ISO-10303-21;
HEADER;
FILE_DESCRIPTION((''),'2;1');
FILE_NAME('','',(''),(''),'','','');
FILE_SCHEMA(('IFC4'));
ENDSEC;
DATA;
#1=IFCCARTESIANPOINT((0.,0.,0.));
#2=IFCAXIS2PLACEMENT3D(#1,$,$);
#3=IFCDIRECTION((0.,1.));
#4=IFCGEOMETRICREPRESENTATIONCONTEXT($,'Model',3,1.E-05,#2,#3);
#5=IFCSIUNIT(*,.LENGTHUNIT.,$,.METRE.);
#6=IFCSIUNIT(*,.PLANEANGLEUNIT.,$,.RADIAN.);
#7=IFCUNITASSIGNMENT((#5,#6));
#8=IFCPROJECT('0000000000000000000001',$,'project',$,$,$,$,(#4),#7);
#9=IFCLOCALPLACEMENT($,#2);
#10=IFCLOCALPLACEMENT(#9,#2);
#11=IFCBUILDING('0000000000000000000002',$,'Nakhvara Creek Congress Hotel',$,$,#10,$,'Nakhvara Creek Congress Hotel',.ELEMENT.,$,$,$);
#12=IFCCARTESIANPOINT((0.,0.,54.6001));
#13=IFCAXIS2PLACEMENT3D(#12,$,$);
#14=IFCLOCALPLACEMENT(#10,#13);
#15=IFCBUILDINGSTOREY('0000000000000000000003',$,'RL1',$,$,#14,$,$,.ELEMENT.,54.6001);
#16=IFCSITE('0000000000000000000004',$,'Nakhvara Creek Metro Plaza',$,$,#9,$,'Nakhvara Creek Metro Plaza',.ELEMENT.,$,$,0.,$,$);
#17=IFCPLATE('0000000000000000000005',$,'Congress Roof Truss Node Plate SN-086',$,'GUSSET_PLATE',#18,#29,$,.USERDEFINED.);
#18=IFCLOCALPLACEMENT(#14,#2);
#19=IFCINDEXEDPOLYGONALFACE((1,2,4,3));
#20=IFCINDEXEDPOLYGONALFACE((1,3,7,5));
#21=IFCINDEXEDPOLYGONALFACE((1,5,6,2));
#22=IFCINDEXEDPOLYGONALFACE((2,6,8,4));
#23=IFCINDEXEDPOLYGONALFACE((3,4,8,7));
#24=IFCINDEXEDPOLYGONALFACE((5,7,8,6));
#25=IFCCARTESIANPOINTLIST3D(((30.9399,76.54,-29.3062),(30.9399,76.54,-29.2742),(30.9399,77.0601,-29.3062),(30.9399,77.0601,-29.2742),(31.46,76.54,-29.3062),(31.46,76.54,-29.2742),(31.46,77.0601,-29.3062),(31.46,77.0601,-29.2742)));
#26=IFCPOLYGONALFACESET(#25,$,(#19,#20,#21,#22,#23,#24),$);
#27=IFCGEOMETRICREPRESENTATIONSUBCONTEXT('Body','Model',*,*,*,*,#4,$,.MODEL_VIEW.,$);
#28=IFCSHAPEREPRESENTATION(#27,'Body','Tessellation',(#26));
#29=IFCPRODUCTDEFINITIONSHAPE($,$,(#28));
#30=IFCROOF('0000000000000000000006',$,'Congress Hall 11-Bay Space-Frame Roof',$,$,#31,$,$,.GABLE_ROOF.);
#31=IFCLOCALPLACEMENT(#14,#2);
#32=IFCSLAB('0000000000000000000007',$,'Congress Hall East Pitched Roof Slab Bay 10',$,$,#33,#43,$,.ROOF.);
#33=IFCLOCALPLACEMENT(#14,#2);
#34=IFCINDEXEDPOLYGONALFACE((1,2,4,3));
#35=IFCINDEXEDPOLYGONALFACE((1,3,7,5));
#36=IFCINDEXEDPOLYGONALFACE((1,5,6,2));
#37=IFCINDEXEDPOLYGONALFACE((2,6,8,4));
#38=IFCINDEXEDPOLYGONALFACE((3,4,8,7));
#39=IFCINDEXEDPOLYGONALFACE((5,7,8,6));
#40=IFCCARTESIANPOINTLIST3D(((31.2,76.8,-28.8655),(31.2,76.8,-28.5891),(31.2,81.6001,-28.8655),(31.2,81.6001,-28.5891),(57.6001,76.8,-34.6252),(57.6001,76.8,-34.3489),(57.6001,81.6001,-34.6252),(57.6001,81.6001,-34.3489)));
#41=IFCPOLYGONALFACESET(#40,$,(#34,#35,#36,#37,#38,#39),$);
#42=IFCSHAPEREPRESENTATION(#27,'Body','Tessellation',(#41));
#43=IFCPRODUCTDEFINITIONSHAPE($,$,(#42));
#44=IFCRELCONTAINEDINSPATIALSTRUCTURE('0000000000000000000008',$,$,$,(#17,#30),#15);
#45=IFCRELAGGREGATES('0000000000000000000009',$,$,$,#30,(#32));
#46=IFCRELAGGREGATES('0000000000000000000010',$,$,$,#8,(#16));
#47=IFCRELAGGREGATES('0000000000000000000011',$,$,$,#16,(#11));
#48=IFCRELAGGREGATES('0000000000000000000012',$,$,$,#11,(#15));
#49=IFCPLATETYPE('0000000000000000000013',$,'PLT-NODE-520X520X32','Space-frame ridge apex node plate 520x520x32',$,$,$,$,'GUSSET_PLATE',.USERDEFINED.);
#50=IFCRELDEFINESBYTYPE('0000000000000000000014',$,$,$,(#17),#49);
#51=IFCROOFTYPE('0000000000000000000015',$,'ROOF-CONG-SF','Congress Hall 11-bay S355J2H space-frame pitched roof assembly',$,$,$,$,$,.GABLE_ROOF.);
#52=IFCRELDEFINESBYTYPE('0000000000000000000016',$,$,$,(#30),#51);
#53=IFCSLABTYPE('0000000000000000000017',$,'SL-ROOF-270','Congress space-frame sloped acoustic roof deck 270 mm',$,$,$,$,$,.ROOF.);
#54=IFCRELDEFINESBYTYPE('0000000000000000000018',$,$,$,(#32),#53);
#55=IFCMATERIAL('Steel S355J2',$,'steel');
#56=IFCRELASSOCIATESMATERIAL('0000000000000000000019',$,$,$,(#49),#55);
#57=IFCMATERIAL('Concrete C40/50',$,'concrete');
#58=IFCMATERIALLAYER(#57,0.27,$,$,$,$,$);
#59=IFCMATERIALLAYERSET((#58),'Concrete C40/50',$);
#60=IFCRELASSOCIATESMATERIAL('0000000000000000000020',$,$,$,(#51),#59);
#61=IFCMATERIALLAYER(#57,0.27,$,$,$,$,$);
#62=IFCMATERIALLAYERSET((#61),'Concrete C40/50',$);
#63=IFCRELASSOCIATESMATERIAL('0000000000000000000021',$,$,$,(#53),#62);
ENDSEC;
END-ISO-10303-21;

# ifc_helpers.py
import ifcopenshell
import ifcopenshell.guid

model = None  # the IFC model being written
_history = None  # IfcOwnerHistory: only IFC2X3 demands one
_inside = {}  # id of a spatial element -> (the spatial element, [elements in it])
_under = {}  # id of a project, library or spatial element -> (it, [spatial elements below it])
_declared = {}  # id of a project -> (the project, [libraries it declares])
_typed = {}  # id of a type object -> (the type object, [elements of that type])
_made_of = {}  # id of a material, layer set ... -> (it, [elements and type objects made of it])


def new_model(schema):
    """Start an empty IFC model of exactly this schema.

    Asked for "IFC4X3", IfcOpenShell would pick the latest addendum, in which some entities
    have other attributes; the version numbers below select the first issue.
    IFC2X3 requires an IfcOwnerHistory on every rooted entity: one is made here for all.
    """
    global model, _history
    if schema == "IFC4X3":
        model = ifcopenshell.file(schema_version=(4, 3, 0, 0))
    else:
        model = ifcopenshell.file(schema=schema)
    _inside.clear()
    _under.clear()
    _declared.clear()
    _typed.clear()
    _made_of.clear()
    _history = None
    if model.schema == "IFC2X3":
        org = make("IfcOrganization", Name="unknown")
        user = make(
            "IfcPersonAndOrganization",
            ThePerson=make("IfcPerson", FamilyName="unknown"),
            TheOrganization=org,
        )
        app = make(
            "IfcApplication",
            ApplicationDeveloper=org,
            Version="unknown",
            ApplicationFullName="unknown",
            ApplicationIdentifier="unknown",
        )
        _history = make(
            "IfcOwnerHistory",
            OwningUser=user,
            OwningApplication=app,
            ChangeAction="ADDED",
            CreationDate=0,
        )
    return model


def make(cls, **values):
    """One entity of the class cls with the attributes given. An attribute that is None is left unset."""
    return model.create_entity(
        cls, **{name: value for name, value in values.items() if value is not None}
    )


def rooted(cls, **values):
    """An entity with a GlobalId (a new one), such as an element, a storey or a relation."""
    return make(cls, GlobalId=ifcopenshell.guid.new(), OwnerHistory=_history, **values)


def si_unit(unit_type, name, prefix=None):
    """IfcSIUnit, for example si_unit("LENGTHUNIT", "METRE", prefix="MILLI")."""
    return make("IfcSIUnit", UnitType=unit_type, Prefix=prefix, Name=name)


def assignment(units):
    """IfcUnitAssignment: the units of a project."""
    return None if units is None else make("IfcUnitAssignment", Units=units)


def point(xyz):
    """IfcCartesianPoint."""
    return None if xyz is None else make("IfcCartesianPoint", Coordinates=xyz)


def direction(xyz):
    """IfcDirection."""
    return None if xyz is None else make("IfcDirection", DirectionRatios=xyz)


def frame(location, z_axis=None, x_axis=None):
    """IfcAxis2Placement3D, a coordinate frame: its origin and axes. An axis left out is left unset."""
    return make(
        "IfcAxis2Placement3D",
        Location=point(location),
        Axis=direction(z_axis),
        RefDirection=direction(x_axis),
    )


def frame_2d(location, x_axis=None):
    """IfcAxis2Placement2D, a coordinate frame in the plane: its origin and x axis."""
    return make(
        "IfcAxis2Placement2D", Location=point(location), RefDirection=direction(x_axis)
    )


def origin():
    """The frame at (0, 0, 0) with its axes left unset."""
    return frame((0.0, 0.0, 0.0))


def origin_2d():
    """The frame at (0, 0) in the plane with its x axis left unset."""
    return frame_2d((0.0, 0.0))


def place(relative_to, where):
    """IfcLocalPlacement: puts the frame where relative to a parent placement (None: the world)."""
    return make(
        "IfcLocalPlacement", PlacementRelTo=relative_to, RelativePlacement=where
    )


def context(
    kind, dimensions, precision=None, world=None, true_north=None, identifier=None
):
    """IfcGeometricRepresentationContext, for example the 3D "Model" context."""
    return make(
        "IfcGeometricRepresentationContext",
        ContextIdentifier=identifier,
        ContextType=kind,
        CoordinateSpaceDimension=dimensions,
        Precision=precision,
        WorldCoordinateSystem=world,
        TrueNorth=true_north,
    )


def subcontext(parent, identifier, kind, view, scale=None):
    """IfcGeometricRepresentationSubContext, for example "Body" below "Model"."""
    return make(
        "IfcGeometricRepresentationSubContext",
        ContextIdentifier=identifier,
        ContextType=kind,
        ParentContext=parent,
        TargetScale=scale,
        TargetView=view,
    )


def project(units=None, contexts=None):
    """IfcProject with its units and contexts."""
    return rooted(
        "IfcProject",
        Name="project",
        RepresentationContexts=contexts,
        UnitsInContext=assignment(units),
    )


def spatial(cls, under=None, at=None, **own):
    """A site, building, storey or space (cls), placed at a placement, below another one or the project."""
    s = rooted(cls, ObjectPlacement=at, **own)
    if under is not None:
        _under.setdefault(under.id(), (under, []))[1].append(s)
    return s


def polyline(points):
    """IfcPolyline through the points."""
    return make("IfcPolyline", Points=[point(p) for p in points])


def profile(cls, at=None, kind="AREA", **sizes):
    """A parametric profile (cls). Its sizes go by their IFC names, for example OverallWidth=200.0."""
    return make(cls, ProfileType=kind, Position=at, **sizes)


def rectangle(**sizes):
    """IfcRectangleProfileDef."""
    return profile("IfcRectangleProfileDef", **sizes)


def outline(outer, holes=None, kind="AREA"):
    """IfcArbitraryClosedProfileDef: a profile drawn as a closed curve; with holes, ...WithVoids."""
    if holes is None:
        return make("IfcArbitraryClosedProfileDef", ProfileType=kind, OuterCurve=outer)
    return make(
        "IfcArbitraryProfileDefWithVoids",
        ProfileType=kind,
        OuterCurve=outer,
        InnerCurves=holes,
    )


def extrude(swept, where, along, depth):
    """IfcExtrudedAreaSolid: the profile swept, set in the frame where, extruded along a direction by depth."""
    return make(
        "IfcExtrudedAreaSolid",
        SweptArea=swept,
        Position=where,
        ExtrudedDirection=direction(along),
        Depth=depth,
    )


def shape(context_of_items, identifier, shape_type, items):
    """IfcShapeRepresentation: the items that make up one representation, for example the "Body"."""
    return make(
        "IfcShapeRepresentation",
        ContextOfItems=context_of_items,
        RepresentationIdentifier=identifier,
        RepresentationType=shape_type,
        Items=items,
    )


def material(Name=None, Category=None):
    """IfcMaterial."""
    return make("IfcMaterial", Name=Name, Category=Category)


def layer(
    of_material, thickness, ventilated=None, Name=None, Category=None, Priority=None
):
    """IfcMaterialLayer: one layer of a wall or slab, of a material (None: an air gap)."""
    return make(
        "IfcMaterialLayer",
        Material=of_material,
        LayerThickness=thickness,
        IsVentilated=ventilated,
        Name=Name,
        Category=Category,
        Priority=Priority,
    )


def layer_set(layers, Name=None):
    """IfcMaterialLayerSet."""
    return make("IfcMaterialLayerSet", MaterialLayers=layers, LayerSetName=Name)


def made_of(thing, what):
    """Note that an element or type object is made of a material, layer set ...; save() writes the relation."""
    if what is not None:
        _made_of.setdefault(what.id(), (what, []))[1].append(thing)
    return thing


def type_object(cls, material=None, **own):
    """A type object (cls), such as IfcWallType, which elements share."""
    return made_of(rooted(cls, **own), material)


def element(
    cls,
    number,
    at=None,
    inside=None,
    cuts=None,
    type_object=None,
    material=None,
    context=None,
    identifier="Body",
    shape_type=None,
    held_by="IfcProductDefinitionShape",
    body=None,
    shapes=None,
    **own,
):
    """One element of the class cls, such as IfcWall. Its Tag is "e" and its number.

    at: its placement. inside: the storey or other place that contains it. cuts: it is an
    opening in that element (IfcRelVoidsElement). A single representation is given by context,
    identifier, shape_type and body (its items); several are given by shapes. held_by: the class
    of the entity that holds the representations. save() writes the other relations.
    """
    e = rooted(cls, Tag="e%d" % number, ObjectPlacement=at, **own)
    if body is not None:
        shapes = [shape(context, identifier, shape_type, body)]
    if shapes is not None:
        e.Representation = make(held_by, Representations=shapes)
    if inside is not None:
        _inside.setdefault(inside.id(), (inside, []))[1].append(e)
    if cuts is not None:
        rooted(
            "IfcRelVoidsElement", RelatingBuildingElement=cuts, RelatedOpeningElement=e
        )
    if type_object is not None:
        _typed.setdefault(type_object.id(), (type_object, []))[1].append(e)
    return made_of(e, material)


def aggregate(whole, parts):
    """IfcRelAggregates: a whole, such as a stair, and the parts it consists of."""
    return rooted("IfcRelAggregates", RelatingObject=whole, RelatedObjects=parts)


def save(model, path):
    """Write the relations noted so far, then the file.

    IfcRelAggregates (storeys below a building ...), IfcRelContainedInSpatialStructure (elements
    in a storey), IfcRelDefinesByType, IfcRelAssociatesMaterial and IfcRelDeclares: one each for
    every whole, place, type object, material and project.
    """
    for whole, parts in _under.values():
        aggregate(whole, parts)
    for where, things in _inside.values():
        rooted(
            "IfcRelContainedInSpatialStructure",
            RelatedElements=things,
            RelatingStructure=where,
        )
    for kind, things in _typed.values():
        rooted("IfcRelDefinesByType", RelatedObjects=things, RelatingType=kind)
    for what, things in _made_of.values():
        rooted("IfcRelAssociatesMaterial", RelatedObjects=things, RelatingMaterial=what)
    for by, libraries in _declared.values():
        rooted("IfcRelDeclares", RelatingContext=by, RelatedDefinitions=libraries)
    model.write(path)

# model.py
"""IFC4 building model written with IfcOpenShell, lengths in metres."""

from ifc_helpers import new_model, si_unit, direction, frame, origin, origin_2d, place, context, subcontext, project, spatial, polyline, rectangle, outline, extrude, material, layer, layer_set, type_object, element, aggregate, save


model = new_model("IFC4")

# Units and contexts
model_context = context("Model", 3, precision=1e-05, world=origin(), true_north=direction((0.0, 1.0)))
body_context = subcontext(model_context, "Body", "Model", "MODEL_VIEW")
ifc_project = project(units=[si_unit("LENGTHUNIT", "METRE"), si_unit("PLANEANGLEUNIT", "RADIAN")], contexts=[model_context])

# Site, building, storey
site_placement = place(None, origin())
site = spatial("IfcSite", under=ifc_project, at=site_placement, Name="Nakhvara Creek Metro Plaza", LongName="Nakhvara Creek Metro Plaza", CompositionType="ELEMENT", RefElevation=0.0)
building_placement = place(site_placement, origin())
building = spatial("IfcBuilding", under=site, at=building_placement, Name="Nakhvara Creek Congress Hotel", LongName="Nakhvara Creek Congress Hotel", CompositionType="ELEMENT")
storey_placement = place(building_placement, frame((0.0, 0.0, 54.6001)))
storey = spatial("IfcBuildingStorey", under=building, at=storey_placement, Name="RL1", CompositionType="ELEMENT", Elevation=54.6001)

# Plate
ifc_material_1 = material(Name="Steel S355J2", Category="steel")
plate_type_1 = type_object("IfcPlateType", Name="PLT-NODE-520X520X32", Description="Space-frame ridge apex node plate 520x520x32", ElementType="GUSSET_PLATE", PredefinedType="USERDEFINED", material=ifc_material_1)
plate_placement = place(storey_placement, frame((31.2, 76.8, -29.3062), z_axis=(0.0, 0.0, 1.0), x_axis=(1.0, 0.0, 0.0)))
element("IfcPlate", 1, at=plate_placement, inside=storey, type_object=plate_type_1, Name="Congress Roof Truss Node Plate SN-086", ObjectType="GUSSET_PLATE", PredefinedType="USERDEFINED", context=body_context, shape_type="SweptSolid", body=[
    extrude(rectangle(XDim=0.52, YDim=0.52, at=origin_2d()), origin(), (0.0, 0.0, 1.0), 0.032),
])

# Roof, slab
ifc_material_2 = material(Name="Concrete C40/50", Category="concrete")
ifc_layer_1 = layer(ifc_material_2, 0.27)
ifc_layer_set_1 = layer_set([ifc_layer_1], Name="Concrete C40/50")
roof_type = type_object("IfcRoofType", Name="ROOF-CONG-SF", Description="Congress Hall 11-bay S355J2H space-frame pitched roof assembly", PredefinedType="GABLE_ROOF", material=ifc_layer_set_1)
roof_placement = place(storey_placement, origin())
roof = element("IfcRoof", 2, at=roof_placement, inside=storey, type_object=roof_type, Name="Congress Hall 11-Bay Space-Frame Roof", PredefinedType="GABLE_ROOF")
ifc_layer_2 = layer(ifc_material_2, 0.27)
ifc_layer_set_2 = layer_set([ifc_layer_2], Name="Concrete C40/50")
slab_type = type_object("IfcSlabType", Name="SL-ROOF-270", Description="Congress space-frame sloped acoustic roof deck 270 mm", PredefinedType="ROOF", material=ifc_layer_set_2)
slab_placement = place(storey_placement, frame((31.2, 76.8, -28.5891), z_axis=(0.0, 0.0, 1.0), x_axis=(1.0, 0.0, 0.0)))
slab = element("IfcSlab", 3, at=slab_placement, type_object=slab_type, Name="Congress Hall East Pitched Roof Slab Bay 10", PredefinedType="ROOF", context=body_context, shape_type="SweptSolid", body=[
    extrude(outline(polyline([(0.0, 0.0), (26.4001, -5.7598), (26.4001, -6.0361), (0.0, -0.2764), (0.0, 0.0)])), frame((0.0, 4.8, 0.0), z_axis=(0.0, -1.0, 0.0), x_axis=(1.0, 0.0, 0.0)), (0.0, 0.0, 1.0), 4.8),
])
aggregate(roof, [slab])

save(model, "model.ifc")
